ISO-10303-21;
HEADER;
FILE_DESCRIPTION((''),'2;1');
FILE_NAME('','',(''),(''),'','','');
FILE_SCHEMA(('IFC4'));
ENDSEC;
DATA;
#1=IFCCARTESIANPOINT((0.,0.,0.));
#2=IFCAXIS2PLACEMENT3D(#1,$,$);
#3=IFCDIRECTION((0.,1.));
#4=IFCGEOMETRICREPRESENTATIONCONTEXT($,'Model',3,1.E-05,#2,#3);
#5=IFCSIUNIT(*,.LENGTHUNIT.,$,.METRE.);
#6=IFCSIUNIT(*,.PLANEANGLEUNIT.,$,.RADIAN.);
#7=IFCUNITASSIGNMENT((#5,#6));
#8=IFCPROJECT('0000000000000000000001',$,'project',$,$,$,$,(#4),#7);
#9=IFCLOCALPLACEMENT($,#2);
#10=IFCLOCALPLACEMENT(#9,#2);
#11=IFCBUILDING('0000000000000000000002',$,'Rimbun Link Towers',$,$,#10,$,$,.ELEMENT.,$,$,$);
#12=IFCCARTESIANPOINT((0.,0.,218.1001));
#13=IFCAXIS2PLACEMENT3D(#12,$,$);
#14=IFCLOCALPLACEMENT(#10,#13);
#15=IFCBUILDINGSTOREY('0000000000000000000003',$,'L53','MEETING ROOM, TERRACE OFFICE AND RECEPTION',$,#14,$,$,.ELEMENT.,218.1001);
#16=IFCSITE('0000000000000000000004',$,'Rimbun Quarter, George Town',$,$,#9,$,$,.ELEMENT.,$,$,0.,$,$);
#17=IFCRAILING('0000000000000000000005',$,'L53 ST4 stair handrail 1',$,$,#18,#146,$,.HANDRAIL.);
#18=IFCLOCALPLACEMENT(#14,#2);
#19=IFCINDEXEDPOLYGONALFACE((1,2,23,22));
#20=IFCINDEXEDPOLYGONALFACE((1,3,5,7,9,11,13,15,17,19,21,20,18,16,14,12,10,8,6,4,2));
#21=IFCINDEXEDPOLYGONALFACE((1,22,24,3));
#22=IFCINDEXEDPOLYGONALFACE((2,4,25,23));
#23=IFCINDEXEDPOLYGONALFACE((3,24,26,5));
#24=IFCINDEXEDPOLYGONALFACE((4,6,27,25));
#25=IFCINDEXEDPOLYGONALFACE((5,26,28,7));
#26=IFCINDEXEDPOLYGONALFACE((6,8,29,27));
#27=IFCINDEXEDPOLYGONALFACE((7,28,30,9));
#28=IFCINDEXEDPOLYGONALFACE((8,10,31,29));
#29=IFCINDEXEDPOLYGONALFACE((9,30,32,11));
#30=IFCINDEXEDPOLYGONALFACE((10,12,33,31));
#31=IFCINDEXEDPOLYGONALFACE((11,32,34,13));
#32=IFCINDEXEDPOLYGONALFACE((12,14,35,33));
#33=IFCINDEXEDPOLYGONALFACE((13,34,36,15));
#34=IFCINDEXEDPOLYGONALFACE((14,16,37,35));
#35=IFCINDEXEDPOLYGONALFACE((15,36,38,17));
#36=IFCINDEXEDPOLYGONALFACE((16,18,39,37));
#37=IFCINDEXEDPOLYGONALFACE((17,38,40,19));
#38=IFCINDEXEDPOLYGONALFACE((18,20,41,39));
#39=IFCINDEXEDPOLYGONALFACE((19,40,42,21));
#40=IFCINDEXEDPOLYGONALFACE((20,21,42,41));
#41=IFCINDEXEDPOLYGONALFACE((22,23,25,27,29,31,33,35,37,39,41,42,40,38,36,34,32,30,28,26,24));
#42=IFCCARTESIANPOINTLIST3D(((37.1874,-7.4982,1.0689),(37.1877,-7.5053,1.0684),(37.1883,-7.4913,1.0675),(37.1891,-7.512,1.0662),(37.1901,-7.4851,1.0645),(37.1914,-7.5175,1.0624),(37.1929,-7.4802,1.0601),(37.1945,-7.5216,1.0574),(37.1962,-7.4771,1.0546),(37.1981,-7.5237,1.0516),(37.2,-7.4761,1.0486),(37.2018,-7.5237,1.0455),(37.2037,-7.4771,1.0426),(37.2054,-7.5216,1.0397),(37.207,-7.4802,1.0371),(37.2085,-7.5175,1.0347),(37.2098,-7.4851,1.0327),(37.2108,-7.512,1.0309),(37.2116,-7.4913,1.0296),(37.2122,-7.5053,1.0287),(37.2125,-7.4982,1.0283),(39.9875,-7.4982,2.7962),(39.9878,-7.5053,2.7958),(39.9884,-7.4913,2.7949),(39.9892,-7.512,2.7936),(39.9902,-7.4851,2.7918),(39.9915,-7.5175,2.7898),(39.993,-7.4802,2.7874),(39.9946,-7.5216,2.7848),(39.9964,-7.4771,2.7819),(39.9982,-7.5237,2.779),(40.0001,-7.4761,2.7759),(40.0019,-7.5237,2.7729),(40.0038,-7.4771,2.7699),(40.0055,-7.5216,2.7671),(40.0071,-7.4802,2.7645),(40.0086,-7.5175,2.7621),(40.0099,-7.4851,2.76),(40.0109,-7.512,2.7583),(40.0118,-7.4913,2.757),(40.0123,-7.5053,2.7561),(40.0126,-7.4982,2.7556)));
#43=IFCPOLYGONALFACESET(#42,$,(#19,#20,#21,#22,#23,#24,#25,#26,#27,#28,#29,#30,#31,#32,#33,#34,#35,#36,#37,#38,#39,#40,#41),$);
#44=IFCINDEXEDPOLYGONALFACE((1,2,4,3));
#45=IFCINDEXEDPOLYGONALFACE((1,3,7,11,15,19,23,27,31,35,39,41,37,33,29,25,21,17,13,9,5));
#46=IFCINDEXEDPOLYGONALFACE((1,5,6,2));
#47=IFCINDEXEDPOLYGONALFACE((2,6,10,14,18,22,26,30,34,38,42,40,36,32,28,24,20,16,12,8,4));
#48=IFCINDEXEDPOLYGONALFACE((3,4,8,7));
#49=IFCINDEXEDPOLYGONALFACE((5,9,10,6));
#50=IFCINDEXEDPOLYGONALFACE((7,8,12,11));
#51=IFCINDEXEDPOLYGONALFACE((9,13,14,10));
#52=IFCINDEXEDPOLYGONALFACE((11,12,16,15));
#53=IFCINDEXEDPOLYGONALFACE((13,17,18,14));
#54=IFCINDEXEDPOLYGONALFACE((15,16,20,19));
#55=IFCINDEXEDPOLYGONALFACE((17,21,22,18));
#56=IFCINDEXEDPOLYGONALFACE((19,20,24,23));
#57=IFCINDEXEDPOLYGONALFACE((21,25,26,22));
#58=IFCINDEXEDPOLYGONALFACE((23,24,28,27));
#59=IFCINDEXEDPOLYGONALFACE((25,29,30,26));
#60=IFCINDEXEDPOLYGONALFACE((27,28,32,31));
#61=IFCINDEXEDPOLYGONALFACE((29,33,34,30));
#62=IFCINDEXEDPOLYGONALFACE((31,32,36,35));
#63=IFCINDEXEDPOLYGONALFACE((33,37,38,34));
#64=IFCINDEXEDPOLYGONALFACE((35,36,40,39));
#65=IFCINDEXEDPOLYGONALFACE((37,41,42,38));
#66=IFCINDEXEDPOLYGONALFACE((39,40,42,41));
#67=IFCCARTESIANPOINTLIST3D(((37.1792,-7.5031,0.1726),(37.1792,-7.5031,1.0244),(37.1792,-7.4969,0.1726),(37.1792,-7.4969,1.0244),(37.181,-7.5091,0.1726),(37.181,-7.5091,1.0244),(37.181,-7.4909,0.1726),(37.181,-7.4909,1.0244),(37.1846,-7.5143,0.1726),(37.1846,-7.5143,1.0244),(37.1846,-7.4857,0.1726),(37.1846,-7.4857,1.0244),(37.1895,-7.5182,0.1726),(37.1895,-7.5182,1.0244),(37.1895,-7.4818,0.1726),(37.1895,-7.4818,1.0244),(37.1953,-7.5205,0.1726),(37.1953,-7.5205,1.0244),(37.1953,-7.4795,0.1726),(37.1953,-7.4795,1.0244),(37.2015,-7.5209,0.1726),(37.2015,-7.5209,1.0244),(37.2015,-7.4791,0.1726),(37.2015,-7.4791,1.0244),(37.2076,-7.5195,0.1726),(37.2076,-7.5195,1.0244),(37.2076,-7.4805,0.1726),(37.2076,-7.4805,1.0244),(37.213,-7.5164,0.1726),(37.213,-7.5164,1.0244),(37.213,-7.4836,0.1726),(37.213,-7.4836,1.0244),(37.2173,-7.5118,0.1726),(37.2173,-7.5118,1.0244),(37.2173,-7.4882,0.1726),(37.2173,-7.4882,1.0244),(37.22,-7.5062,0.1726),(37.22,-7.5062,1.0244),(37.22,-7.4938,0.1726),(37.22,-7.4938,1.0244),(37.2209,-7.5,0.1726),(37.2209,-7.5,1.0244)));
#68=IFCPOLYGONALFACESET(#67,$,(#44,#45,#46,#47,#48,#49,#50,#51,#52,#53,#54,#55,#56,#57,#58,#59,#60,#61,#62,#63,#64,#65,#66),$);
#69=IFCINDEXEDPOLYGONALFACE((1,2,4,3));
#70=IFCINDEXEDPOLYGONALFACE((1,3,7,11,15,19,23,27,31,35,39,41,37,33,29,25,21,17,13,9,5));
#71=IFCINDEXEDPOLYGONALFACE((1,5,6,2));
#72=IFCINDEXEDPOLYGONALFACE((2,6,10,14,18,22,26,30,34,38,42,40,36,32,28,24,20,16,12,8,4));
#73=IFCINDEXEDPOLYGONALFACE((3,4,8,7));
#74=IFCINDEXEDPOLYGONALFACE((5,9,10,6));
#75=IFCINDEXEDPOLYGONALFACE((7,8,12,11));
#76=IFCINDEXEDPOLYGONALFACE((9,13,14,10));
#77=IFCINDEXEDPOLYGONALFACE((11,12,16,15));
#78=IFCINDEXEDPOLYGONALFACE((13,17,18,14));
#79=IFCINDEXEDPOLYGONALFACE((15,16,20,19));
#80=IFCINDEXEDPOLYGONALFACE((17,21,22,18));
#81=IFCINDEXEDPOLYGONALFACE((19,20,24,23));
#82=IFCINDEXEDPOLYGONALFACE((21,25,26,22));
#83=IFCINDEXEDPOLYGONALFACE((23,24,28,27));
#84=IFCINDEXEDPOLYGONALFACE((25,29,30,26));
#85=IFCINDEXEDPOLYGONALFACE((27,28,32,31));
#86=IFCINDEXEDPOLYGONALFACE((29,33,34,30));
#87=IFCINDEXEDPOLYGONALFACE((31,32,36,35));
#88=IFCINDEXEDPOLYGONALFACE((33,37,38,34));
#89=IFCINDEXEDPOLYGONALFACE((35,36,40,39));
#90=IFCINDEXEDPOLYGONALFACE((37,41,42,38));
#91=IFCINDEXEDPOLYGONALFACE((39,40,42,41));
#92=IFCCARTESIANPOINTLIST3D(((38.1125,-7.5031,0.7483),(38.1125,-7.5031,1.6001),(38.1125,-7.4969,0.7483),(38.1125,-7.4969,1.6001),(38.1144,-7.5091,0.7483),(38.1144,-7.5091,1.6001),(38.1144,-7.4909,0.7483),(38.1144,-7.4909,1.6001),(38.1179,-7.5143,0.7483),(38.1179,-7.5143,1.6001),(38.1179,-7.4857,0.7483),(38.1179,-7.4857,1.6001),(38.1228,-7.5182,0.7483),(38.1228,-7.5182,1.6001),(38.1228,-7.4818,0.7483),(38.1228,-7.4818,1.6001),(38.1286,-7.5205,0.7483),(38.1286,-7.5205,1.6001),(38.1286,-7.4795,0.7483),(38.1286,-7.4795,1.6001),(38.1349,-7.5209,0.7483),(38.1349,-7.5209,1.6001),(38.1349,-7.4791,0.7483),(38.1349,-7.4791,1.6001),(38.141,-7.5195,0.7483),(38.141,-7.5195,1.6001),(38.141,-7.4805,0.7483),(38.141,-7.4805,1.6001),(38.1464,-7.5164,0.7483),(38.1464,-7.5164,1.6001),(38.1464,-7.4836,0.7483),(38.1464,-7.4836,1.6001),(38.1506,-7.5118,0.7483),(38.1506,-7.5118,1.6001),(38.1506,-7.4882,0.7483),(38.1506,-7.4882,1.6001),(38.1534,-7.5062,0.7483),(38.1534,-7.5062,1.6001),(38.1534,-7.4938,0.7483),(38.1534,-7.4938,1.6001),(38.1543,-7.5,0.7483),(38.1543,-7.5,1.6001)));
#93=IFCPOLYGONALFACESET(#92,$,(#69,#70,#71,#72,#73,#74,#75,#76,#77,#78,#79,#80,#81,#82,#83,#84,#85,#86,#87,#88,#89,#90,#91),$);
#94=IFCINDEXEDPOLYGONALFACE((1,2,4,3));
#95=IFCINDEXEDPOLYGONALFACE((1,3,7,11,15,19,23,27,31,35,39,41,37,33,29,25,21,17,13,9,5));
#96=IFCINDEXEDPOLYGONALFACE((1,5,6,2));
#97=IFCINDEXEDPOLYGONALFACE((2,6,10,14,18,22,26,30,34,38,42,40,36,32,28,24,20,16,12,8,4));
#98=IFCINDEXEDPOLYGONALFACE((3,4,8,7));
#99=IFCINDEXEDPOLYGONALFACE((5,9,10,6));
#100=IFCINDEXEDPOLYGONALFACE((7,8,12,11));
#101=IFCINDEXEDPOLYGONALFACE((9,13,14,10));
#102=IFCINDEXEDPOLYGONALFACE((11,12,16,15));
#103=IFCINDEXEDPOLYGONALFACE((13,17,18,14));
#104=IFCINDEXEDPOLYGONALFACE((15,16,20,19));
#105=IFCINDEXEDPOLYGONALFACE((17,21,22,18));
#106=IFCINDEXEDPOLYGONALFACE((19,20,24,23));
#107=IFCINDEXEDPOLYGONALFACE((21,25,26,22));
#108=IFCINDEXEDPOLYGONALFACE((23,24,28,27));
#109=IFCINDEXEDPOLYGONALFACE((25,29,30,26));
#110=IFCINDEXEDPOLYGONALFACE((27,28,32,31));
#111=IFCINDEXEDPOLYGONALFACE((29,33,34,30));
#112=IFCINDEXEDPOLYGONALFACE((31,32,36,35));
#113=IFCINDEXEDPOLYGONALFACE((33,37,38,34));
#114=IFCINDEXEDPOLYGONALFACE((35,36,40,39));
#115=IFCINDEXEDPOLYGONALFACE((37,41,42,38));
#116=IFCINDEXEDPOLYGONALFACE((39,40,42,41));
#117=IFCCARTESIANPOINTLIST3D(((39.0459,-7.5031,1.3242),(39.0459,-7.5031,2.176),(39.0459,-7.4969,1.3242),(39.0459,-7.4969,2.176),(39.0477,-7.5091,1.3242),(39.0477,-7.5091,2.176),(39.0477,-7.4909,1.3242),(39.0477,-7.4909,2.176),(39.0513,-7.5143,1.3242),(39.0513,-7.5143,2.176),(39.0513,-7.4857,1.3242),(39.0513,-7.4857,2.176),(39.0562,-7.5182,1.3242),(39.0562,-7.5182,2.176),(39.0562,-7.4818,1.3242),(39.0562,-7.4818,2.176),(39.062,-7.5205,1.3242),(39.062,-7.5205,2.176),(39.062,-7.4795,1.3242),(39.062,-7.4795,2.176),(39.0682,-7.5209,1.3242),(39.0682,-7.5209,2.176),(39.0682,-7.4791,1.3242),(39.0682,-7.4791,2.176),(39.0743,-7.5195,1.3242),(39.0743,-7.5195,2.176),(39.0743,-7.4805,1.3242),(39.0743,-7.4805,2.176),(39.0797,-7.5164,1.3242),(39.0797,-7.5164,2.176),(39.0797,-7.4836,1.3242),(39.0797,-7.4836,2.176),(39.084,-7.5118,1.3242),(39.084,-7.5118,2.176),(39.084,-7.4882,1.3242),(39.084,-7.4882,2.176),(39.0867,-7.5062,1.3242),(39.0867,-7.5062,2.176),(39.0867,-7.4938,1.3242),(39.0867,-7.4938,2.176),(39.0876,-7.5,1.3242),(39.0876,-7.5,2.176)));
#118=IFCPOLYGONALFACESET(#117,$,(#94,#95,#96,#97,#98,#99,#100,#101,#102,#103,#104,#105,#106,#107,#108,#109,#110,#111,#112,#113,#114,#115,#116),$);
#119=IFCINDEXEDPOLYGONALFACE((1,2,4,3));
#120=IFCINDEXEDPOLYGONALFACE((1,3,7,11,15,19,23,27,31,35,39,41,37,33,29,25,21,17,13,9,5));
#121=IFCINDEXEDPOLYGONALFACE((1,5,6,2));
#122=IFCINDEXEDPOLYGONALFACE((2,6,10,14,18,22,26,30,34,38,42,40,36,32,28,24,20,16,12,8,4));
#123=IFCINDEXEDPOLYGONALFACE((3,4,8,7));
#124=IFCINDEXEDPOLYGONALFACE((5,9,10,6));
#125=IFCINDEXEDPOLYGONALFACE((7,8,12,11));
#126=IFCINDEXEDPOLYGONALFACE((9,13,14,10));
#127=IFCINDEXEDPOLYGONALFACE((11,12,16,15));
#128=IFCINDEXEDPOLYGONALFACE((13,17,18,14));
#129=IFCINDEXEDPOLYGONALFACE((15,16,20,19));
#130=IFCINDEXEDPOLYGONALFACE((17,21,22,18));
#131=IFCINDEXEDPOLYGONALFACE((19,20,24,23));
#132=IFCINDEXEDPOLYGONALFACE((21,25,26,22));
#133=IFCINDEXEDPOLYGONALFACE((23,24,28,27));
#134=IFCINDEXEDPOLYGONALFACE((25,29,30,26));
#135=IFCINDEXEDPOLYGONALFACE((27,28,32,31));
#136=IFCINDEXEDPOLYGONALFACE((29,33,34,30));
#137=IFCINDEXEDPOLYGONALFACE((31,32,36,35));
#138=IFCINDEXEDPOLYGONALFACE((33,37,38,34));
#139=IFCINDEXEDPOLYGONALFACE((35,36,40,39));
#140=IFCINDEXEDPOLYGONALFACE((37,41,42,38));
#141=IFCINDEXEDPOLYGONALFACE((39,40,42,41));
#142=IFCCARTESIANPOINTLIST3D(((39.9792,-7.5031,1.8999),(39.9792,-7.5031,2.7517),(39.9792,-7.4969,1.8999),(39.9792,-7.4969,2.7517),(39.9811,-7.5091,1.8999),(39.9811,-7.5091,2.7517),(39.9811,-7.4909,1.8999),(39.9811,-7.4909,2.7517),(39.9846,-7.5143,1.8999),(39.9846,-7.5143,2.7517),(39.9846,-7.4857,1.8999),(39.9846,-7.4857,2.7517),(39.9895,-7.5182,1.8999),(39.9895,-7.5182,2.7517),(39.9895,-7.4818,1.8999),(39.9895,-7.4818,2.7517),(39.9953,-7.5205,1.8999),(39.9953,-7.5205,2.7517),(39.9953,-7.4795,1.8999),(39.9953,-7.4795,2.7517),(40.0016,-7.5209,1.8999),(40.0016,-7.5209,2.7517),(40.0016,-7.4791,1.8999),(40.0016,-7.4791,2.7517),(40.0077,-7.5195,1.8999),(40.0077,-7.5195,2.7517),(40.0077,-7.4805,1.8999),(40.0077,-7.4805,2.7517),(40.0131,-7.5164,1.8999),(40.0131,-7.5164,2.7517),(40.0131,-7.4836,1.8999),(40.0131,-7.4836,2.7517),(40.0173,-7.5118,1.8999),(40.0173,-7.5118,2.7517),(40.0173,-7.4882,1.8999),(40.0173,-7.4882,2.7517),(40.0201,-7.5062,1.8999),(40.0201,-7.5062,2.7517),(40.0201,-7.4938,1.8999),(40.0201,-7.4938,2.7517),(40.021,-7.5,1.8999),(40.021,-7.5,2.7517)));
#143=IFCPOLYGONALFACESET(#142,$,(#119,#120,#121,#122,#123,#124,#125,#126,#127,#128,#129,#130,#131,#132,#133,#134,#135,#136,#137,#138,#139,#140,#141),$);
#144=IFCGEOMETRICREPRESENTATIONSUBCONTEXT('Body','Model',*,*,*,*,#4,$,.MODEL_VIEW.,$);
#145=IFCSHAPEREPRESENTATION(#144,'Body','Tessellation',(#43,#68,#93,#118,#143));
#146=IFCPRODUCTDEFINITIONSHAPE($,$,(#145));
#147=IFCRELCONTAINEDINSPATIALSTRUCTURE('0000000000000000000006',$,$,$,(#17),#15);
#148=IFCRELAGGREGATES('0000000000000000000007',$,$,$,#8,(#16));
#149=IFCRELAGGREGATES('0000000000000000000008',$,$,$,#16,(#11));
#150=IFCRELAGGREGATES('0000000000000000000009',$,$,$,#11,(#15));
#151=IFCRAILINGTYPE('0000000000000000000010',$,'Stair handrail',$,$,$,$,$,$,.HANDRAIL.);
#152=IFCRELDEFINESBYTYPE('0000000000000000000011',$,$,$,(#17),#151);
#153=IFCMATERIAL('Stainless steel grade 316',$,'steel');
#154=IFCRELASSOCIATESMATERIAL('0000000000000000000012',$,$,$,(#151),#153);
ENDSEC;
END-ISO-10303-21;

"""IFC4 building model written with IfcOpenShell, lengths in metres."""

from ifc_helpers import new_model, si_unit, direction, frame, origin, origin_2d, place, context, subcontext, project, spatial, circle, extrude, material, type_object, element, save


model = new_model("IFC4")

# Units and contexts
model_context = context("Model", 3, precision=1e-05, world=origin(), true_north=direction((0.0, 1.0)))
body_context = subcontext(model_context, "Body", "Model", "MODEL_VIEW")
ifc_project = project(units=[si_unit("LENGTHUNIT", "METRE"), si_unit("PLANEANGLEUNIT", "RADIAN")], contexts=[model_context])

# Site, building, storey
site_placement = place(None, origin())
site = spatial("IfcSite", under=ifc_project, at=site_placement, Name="Rimbun Quarter, George Town", CompositionType="ELEMENT", RefElevation=0.0)
building_placement = place(site_placement, origin())
building = spatial("IfcBuilding", under=site, at=building_placement, Name="Rimbun Link Towers", CompositionType="ELEMENT")
storey_placement = place(building_placement, frame((0.0, 0.0, 218.1001)))
storey = spatial("IfcBuildingStorey", under=building, at=storey_placement, Name="L53", Description="MEETING ROOM, TERRACE OFFICE AND RECEPTION", CompositionType="ELEMENT", Elevation=218.1001)

# Railing
ifc_material_1 = material(Name="Stainless steel grade 316", Category="steel")
railing_type_1 = type_object("IfcRailingType", Name="Stair handrail", PredefinedType="HANDRAIL", material=ifc_material_1)
railing_1_placement = place(storey_placement, frame((37.2, -7.5, 0.1726)))
element("IfcRailing", 1, at=railing_1_placement, inside=storey, type_object=railing_type_1, Name="L53 ST4 stair handrail 1", PredefinedType="HANDRAIL", context=body_context, shape_type="SweptSolid", body=[
    extrude(circle(Radius=0.0239, at=origin_2d()), frame((0.0, 0.0, 0.876), z_axis=(0.85109, 0.0, 0.52502), x_axis=(0.0, 1.0, 0.0)), (0.0, 0.0, 1.0), 3.29),
    extrude(circle(Radius=0.021, at=origin_2d()), origin(), (0.0, 0.0, 1.0), 0.8518),
    extrude(circle(Radius=0.021, at=origin_2d()), frame((0.9333, 0.0, 0.5757)), (0.0, 0.0, 1.0), 0.8518),
    extrude(circle(Radius=0.021, at=origin_2d()), frame((1.8667, 0.0, 1.1516)), (0.0, 0.0, 1.0), 0.8518),
    extrude(circle(Radius=0.021, at=origin_2d()), frame((2.8, 0.0, 1.7273)), (0.0, 0.0, 1.0), 0.8518),
])

save(model, "model.ifc")
